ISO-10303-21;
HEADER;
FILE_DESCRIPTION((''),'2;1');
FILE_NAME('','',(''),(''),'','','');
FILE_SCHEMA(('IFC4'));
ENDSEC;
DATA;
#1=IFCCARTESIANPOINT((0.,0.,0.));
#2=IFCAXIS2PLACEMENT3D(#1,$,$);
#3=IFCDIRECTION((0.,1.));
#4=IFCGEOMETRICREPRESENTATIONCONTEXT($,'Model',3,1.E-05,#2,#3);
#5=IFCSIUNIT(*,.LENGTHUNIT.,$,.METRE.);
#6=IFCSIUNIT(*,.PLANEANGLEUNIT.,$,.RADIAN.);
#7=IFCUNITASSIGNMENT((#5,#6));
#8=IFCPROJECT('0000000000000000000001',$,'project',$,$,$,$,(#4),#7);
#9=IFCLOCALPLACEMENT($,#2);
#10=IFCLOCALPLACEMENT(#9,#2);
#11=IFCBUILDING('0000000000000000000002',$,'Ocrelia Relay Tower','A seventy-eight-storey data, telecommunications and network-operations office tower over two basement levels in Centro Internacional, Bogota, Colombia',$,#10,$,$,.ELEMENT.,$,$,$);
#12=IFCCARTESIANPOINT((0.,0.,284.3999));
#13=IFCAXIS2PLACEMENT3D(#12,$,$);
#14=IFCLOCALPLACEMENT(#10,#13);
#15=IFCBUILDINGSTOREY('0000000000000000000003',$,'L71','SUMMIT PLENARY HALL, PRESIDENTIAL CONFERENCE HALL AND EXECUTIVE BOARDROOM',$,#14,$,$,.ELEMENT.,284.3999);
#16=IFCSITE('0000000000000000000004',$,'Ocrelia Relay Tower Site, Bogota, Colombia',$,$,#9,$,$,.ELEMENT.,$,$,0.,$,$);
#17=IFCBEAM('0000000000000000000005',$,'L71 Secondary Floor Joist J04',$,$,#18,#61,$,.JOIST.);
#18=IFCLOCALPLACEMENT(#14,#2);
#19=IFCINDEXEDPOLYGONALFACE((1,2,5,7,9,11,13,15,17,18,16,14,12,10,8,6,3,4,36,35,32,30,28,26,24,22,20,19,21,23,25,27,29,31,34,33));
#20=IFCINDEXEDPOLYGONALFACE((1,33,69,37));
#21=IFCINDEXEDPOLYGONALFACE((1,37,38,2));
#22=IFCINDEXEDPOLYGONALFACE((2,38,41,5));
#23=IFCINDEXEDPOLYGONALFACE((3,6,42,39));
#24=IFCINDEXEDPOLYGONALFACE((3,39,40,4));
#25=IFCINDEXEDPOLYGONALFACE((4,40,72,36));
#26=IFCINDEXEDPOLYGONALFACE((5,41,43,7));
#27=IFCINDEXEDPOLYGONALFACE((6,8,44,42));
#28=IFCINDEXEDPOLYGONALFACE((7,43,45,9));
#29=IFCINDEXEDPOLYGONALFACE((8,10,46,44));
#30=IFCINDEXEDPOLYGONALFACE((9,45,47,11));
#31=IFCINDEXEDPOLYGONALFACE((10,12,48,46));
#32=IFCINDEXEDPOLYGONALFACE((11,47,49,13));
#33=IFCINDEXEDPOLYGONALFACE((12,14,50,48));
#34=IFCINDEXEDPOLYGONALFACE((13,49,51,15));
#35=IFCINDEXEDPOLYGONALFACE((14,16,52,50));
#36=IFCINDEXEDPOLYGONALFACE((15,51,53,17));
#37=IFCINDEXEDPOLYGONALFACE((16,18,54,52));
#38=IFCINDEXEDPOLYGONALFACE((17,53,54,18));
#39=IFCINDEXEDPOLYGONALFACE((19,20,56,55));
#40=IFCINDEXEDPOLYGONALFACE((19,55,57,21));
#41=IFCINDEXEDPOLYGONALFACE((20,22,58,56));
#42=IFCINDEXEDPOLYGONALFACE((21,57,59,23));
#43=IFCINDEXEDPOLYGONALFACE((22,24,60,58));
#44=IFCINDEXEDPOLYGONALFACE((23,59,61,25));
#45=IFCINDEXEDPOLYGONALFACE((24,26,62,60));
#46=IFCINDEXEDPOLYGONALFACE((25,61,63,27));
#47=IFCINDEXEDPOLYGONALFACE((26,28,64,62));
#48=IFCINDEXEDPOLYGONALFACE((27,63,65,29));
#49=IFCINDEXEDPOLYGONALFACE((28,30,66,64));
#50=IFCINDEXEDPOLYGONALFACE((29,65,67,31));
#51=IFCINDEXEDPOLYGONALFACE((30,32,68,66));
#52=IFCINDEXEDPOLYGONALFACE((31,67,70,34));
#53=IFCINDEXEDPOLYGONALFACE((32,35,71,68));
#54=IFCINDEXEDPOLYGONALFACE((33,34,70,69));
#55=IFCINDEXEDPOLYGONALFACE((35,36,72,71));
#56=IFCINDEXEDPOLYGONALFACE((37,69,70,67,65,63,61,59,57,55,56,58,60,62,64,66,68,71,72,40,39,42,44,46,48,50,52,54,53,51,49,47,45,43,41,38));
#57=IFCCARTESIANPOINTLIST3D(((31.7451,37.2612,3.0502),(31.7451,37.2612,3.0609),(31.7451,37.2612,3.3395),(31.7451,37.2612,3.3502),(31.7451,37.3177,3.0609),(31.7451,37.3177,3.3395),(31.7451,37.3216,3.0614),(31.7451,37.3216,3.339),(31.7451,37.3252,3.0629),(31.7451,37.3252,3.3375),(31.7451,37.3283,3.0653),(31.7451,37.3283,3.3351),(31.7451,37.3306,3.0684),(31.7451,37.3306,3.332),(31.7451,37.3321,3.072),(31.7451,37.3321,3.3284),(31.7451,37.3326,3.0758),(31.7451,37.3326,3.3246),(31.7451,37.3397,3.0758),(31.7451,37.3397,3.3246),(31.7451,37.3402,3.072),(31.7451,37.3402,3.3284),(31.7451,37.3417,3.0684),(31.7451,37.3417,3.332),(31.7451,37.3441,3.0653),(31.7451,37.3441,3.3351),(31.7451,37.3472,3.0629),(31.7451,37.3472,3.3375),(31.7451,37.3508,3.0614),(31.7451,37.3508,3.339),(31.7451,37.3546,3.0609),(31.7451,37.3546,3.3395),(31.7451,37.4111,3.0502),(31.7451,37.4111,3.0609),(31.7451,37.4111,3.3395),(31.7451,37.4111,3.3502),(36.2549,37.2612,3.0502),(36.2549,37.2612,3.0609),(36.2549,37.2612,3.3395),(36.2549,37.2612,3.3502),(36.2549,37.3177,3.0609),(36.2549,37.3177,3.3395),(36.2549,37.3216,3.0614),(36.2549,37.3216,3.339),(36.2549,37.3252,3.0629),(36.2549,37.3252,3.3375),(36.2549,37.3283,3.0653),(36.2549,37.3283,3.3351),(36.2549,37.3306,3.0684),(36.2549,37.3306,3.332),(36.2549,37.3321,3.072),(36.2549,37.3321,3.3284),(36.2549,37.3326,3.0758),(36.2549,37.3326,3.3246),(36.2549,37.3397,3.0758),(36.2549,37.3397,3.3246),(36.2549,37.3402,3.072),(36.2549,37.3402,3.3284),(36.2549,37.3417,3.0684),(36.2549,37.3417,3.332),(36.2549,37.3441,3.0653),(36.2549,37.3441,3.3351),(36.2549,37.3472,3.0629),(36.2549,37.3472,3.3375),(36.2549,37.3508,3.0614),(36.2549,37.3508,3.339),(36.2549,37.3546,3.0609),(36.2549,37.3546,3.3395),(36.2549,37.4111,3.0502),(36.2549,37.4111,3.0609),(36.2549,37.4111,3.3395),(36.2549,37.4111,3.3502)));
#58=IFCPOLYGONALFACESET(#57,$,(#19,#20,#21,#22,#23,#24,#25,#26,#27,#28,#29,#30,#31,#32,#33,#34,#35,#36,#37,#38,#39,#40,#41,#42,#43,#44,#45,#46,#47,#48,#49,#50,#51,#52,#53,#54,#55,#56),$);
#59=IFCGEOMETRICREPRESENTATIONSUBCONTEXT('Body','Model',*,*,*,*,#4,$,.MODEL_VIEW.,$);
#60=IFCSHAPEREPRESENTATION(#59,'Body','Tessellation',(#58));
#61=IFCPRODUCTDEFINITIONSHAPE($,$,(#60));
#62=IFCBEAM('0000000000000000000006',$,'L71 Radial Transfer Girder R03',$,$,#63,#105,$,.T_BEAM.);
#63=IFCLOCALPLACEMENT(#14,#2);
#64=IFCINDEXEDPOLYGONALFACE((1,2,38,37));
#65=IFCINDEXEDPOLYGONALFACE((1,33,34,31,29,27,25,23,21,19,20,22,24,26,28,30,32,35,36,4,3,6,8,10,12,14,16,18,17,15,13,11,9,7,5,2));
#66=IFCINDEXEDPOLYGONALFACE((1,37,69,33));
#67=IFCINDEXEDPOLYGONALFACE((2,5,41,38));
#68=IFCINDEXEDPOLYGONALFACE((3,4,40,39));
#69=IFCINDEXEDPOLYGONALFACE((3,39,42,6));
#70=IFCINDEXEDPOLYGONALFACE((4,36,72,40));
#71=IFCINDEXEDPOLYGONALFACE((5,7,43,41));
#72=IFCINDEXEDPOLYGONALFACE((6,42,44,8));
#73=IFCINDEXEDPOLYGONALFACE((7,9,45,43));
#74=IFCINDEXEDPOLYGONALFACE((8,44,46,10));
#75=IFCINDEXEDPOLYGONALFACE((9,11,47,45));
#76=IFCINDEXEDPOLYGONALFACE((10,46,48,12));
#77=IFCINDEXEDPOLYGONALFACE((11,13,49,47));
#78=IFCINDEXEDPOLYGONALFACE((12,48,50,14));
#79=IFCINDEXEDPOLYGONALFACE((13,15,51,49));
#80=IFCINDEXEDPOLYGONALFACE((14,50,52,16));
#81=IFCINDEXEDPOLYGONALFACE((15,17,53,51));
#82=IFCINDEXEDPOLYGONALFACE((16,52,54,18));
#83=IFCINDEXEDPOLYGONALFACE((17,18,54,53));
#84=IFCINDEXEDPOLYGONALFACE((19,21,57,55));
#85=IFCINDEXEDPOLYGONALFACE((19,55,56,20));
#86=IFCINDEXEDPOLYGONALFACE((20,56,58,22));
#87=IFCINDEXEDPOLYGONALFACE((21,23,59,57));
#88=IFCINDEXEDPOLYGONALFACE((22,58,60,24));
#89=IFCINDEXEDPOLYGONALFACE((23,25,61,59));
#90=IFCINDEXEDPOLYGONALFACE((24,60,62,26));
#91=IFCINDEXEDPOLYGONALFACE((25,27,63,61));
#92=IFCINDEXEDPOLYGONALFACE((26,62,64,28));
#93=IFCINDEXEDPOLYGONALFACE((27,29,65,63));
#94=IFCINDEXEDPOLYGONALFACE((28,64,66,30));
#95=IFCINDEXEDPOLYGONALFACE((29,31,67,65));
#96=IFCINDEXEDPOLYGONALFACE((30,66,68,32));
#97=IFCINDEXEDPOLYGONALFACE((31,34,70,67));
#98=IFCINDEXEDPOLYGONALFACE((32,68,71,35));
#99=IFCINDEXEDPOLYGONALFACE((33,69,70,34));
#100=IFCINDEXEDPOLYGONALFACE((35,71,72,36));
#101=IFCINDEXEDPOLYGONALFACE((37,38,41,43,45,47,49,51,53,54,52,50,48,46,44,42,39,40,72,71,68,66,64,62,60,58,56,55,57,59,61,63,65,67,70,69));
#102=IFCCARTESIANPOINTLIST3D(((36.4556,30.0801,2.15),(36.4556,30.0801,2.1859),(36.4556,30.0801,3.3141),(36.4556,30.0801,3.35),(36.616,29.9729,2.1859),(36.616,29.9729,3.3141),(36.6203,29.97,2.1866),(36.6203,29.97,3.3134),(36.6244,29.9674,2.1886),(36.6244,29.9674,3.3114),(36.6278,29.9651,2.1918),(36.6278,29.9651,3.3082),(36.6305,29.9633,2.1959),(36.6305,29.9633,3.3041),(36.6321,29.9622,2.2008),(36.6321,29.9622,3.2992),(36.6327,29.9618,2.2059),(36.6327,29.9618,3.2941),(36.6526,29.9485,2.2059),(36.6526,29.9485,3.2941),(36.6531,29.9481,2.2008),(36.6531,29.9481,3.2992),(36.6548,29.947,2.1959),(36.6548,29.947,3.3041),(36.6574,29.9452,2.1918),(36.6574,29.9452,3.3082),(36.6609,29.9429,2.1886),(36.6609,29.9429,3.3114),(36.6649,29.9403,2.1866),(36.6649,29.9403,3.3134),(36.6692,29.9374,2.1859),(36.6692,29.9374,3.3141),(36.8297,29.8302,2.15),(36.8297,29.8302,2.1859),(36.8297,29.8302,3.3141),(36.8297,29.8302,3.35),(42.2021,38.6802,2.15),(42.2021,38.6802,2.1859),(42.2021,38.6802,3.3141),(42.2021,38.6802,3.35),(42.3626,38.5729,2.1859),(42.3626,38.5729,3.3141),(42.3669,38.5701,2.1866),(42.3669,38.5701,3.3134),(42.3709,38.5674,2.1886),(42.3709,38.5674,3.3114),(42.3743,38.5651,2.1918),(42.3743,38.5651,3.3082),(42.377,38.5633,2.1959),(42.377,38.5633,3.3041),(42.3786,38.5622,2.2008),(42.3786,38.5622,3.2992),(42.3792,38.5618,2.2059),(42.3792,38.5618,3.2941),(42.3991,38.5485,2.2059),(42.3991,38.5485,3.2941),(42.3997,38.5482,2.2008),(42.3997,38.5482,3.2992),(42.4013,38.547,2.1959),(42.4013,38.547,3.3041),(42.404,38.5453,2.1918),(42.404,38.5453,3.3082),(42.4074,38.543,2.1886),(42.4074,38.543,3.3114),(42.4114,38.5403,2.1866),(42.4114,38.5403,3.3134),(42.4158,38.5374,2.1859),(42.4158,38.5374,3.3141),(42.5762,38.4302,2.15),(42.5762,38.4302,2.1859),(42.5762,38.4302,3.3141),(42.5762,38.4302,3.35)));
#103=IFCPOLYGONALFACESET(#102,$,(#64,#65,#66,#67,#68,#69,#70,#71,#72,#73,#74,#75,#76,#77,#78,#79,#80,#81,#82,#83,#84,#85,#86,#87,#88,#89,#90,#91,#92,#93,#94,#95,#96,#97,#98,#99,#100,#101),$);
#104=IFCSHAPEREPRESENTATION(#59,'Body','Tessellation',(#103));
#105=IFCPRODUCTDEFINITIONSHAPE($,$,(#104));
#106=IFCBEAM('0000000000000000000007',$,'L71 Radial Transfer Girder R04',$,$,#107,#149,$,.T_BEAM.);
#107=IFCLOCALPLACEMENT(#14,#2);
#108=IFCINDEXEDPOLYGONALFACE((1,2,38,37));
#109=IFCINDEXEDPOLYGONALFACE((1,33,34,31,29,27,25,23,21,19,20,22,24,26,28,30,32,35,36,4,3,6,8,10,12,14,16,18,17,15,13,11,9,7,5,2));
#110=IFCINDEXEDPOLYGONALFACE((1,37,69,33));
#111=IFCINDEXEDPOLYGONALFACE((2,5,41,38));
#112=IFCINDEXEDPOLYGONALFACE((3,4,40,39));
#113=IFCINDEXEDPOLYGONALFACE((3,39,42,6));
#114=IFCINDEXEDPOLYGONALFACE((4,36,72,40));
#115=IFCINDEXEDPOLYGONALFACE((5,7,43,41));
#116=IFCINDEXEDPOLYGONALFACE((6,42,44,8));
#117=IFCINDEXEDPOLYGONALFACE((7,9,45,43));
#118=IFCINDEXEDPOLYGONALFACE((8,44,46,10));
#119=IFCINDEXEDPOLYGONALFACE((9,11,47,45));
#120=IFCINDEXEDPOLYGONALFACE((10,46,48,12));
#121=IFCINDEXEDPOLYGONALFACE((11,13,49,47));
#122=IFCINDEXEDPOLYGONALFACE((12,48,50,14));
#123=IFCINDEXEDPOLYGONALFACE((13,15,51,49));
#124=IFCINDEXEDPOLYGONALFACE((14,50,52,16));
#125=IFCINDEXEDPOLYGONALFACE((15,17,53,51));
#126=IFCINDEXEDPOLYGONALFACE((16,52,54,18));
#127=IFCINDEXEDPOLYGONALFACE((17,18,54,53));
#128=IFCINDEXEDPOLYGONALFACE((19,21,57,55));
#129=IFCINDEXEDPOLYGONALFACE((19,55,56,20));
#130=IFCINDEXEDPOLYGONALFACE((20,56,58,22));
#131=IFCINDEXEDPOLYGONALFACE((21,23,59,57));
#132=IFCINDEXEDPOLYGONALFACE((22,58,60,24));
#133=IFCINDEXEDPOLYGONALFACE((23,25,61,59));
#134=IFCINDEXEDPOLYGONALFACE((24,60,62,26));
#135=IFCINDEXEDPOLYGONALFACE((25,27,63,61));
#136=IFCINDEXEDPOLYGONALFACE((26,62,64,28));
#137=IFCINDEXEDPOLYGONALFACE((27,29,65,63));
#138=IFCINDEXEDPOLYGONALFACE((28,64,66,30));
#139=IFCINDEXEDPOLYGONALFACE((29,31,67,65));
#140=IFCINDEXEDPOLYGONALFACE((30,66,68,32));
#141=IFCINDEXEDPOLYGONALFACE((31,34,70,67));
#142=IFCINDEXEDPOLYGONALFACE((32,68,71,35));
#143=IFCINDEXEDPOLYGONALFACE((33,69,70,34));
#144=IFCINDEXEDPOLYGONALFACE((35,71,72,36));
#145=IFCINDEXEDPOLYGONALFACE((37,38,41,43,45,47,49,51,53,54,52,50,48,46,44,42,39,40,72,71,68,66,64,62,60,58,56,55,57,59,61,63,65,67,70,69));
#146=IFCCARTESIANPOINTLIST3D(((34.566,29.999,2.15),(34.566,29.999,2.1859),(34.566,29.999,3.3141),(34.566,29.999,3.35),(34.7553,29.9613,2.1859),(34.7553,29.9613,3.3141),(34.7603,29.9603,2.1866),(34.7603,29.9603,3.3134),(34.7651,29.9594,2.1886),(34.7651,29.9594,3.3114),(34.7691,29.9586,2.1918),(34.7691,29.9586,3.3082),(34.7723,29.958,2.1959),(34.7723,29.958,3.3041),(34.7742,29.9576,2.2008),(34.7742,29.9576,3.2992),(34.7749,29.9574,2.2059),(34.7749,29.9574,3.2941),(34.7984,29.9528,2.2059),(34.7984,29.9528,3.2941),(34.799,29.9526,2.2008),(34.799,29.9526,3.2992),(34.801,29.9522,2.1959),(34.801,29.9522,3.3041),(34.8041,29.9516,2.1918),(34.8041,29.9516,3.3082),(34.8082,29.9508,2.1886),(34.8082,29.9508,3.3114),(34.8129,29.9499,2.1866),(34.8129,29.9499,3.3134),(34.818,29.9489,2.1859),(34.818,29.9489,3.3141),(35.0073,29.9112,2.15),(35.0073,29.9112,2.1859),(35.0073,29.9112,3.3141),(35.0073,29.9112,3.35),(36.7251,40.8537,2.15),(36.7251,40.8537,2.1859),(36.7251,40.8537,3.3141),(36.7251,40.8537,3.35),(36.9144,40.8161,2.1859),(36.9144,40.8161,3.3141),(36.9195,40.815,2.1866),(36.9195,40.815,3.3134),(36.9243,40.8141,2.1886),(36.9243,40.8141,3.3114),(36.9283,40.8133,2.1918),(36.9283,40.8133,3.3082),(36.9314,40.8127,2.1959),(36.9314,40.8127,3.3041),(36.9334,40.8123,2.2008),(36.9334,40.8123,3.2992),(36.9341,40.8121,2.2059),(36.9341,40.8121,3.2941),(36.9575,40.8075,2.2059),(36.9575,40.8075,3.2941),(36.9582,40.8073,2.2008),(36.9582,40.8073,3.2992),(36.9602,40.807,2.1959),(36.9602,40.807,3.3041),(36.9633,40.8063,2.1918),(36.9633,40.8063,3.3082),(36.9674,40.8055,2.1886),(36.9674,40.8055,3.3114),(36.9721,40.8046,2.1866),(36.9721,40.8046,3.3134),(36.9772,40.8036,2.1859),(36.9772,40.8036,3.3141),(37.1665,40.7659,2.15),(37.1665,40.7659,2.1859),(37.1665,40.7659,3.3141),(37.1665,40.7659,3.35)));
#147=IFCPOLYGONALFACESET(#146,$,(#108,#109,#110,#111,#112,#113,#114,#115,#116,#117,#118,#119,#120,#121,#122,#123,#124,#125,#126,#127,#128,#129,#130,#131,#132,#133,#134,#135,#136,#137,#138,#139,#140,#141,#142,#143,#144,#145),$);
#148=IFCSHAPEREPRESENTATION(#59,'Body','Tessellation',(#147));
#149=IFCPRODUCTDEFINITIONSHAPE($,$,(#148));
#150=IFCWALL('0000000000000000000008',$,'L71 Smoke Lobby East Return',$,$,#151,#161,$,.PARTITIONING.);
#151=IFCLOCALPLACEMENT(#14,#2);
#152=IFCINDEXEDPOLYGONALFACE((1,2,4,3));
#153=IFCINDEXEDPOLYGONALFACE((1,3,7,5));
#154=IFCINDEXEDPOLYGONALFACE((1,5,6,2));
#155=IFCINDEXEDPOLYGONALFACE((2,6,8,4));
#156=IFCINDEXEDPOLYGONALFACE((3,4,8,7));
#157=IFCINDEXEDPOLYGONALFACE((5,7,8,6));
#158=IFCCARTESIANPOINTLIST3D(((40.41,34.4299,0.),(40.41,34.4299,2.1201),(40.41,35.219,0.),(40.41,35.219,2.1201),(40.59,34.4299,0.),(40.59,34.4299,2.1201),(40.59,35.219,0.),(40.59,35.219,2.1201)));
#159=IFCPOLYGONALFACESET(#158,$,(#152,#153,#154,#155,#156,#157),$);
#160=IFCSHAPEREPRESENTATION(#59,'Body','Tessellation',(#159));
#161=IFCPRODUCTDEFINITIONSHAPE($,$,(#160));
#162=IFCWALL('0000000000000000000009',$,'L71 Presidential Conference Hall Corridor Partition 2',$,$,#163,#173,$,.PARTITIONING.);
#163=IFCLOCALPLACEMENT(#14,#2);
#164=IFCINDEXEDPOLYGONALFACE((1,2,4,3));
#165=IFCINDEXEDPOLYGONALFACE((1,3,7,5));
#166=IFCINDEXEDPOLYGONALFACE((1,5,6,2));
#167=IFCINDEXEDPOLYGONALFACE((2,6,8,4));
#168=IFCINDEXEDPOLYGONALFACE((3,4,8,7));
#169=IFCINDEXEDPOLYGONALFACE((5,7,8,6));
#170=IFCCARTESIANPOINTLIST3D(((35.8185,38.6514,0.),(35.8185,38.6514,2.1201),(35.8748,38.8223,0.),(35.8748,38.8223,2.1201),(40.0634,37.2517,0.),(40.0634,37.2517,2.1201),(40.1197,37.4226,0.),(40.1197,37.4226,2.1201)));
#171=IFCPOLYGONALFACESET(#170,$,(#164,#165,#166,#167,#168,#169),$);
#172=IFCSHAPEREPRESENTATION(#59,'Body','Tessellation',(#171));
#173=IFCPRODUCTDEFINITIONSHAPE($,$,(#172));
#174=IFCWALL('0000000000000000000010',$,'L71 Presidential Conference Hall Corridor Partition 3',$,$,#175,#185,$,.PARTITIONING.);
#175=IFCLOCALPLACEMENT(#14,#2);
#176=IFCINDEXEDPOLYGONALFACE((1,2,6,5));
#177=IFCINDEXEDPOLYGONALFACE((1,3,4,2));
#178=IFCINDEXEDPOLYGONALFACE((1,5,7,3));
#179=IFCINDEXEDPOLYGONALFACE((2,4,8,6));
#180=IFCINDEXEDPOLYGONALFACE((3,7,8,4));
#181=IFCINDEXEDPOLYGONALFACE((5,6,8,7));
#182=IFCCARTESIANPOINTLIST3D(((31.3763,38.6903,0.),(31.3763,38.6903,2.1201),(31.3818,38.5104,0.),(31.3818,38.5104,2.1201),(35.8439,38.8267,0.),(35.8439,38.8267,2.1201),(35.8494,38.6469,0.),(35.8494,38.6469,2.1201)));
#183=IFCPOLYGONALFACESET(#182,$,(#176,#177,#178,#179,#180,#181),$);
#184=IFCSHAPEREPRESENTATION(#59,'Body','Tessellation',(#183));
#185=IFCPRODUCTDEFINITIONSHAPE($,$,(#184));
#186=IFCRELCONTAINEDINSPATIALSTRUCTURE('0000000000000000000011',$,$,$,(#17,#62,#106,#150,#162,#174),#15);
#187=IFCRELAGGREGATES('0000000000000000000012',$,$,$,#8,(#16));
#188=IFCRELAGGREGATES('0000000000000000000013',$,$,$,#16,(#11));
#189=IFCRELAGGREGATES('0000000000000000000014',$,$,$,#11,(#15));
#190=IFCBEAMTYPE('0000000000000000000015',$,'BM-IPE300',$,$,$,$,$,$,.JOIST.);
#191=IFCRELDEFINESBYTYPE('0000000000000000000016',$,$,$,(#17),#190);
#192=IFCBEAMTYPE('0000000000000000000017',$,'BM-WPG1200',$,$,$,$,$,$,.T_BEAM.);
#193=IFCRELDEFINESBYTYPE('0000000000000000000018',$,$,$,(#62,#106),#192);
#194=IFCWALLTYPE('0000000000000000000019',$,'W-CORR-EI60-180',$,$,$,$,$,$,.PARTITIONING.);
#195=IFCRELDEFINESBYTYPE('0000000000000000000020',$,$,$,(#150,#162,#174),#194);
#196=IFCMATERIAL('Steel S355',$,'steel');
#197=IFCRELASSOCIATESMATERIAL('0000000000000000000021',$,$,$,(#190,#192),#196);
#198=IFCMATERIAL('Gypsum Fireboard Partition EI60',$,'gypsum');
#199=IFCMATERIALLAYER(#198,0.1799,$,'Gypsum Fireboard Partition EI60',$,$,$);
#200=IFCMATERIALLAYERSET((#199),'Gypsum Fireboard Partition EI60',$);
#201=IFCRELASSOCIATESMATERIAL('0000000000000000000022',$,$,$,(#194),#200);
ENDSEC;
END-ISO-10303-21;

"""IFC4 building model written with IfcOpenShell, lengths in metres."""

from ifc_helpers import new_model, si_unit, direction, frame, frame_2d, origin, origin_2d, place, context, subcontext, project, spatial, rectangle, i_section, extrude, material, layer, layer_set, material_profile, profile_set, type_object, element, save


model = new_model("IFC4")

# Units and contexts
model_context = context("Model", 3, precision=1e-05, world=origin(), true_north=direction((0.0, 1.0)))
body_context = subcontext(model_context, "Body", "Model", "MODEL_VIEW")
ifc_project = project(units=[si_unit("LENGTHUNIT", "METRE"), si_unit("PLANEANGLEUNIT", "RADIAN")], contexts=[model_context])

# Site, building, storey
site_placement = place(None, origin())
site = spatial("IfcSite", under=ifc_project, at=site_placement, Name="Ocrelia Relay Tower Site, Bogota, Colombia", CompositionType="ELEMENT", RefElevation=0.0)
building_placement = place(site_placement, origin())
building = spatial("IfcBuilding", under=site, at=building_placement, Name="Ocrelia Relay Tower", Description="A seventy-eight-storey data, telecommunications and network-operations office tower over two basement levels in Centro Internacional, Bogota, Colombia", CompositionType="ELEMENT")
storey_placement = place(building_placement, frame((0.0, 0.0, 284.3999)))
storey = spatial("IfcBuildingStorey", under=building, at=storey_placement, Name="L71", Description="SUMMIT PLENARY HALL, PRESIDENTIAL CONFERENCE HALL AND EXECUTIVE BOARDROOM", CompositionType="ELEMENT", Elevation=284.3999)

# Beams
ifc_material_1 = material(Name="Steel S355", Category="steel")
ifc_material_profile_1 = material_profile(ifc_material_1, i_section(OverallWidth=0.1499, OverallDepth=0.3, WebThickness=0.0071, FlangeThickness=0.0107, FilletRadius=0.0149, at=origin_2d()), Name="IPE 300")
ifc_profile_set_1 = profile_set([ifc_material_profile_1], Name="Steel S355")
beam_type_1 = type_object("IfcBeamType", Name="BM-IPE300", PredefinedType="JOIST", material=ifc_profile_set_1)
beam_1_placement = place(storey_placement, frame((36.2549, 37.3362, 3.2002), z_axis=(-1.0, 0.0, 0.0), x_axis=(0.0, -1.0, 0.0)))
element("IfcBeam", 1, at=beam_1_placement, inside=storey, type_object=beam_type_1, Name="L71 Secondary Floor Joist J04", PredefinedType="JOIST", context=body_context, shape_type="SweptSolid", body=[
    extrude(i_section(OverallWidth=0.1499, OverallDepth=0.3, WebThickness=0.0071, FlangeThickness=0.0107, FilletRadius=0.0149, at=origin_2d()), origin(), (0.0, 0.0, 1.0), 4.5098),
])
ifc_material_profile_2 = material_profile(ifc_material_1, i_section(OverallWidth=0.45, OverallDepth=1.2, WebThickness=0.0239, FlangeThickness=0.0359, FilletRadius=0.02, at=origin_2d()), Name="WPG 1200x450")
ifc_profile_set_2 = profile_set([ifc_material_profile_2], Name="Steel S355")
beam_type_2 = type_object("IfcBeamType", Name="BM-WPG1200", PredefinedType="T_BEAM", material=ifc_profile_set_2)
beam_2_placement = place(storey_placement, frame((42.3892, 38.5552, 2.75), z_axis=(-0.555582, -0.831462, 0.0), x_axis=(0.831462, -0.555582, 0.0)))
element("IfcBeam", 2, at=beam_2_placement, inside=storey, type_object=beam_type_2, Name="L71 Radial Transfer Girder R03", PredefinedType="T_BEAM", context=body_context, shape_type="SweptSolid", body=[
    extrude(i_section(OverallWidth=0.45, OverallDepth=1.2, WebThickness=0.0239, FlangeThickness=0.0359, FilletRadius=0.02, at=origin_2d()), origin(), (0.0, 0.0, 1.0), 10.3433),
])
beam_3_placement = place(storey_placement, frame((36.9458, 40.8098, 2.75), z_axis=(-0.195094, -0.980785, 0.0), x_axis=(0.980785, -0.195094, 0.0)))
element("IfcBeam", 3, at=beam_3_placement, inside=storey, type_object=beam_type_2, Name="L71 Radial Transfer Girder R04", PredefinedType="T_BEAM", context=body_context, shape_type="SweptSolid", body=[
    extrude(i_section(OverallWidth=0.45, OverallDepth=1.2, WebThickness=0.0239, FlangeThickness=0.0359, FilletRadius=0.02, at=origin_2d()), origin(), (0.0, 0.0, 1.0), 11.0674),
])

# Wall
ifc_material_2 = material(Name="Gypsum Fireboard Partition EI60", Category="gypsum")
ifc_layer_1 = layer(ifc_material_2, 0.1799, Name="Gypsum Fireboard Partition EI60")
ifc_layer_set_1 = layer_set([ifc_layer_1], Name="Gypsum Fireboard Partition EI60")
wall_type_1 = type_object("IfcWallType", Name="W-CORR-EI60-180", PredefinedType="PARTITIONING", material=ifc_layer_set_1)
wall_1_placement = place(storey_placement, frame((40.5, 35.219, 0.0), z_axis=(0.0, 0.0, 1.0), x_axis=(0.0, -1.0, 0.0)))
element("IfcWall", 4, at=wall_1_placement, inside=storey, type_object=wall_type_1, Name="L71 Smoke Lobby East Return", PredefinedType="PARTITIONING", context=body_context, shape_type="SweptSolid", body=[
    extrude(rectangle(XDim=0.7891, YDim=0.1799, at=frame_2d((0.3945, 0.0))), origin(), (0.0, 0.0, 1.0), 2.1201),
])

# Walls
for number, where, z_axis, x_axis, name in (
    (5, (40.0916, 37.3372, 0.0), (0.0, 0.0, 1.0), (-0.949705, 0.313145, 0.0), "L71 Presidential Conference Hall Corridor Partition 2"),
    (6, (35.8467, 38.7368, 0.0), (0.0, 0.0, 1.0), (-0.999534, -0.030534, 0.0), "L71 Presidential Conference Hall Corridor Partition 3"),
):
    element("IfcWall", number, at=place(storey_placement, frame(where, z_axis=z_axis, x_axis=x_axis)), inside=storey, type_object=wall_type_1, Name=name, PredefinedType="PARTITIONING", context=body_context, shape_type="SweptSolid", body=[
        extrude(rectangle(XDim=4.4697, YDim=0.1799, at=frame_2d((2.2349, 0.0))), origin(), (0.0, 0.0, 1.0), 2.1201),
    ])

save(model, "model.ifc")
